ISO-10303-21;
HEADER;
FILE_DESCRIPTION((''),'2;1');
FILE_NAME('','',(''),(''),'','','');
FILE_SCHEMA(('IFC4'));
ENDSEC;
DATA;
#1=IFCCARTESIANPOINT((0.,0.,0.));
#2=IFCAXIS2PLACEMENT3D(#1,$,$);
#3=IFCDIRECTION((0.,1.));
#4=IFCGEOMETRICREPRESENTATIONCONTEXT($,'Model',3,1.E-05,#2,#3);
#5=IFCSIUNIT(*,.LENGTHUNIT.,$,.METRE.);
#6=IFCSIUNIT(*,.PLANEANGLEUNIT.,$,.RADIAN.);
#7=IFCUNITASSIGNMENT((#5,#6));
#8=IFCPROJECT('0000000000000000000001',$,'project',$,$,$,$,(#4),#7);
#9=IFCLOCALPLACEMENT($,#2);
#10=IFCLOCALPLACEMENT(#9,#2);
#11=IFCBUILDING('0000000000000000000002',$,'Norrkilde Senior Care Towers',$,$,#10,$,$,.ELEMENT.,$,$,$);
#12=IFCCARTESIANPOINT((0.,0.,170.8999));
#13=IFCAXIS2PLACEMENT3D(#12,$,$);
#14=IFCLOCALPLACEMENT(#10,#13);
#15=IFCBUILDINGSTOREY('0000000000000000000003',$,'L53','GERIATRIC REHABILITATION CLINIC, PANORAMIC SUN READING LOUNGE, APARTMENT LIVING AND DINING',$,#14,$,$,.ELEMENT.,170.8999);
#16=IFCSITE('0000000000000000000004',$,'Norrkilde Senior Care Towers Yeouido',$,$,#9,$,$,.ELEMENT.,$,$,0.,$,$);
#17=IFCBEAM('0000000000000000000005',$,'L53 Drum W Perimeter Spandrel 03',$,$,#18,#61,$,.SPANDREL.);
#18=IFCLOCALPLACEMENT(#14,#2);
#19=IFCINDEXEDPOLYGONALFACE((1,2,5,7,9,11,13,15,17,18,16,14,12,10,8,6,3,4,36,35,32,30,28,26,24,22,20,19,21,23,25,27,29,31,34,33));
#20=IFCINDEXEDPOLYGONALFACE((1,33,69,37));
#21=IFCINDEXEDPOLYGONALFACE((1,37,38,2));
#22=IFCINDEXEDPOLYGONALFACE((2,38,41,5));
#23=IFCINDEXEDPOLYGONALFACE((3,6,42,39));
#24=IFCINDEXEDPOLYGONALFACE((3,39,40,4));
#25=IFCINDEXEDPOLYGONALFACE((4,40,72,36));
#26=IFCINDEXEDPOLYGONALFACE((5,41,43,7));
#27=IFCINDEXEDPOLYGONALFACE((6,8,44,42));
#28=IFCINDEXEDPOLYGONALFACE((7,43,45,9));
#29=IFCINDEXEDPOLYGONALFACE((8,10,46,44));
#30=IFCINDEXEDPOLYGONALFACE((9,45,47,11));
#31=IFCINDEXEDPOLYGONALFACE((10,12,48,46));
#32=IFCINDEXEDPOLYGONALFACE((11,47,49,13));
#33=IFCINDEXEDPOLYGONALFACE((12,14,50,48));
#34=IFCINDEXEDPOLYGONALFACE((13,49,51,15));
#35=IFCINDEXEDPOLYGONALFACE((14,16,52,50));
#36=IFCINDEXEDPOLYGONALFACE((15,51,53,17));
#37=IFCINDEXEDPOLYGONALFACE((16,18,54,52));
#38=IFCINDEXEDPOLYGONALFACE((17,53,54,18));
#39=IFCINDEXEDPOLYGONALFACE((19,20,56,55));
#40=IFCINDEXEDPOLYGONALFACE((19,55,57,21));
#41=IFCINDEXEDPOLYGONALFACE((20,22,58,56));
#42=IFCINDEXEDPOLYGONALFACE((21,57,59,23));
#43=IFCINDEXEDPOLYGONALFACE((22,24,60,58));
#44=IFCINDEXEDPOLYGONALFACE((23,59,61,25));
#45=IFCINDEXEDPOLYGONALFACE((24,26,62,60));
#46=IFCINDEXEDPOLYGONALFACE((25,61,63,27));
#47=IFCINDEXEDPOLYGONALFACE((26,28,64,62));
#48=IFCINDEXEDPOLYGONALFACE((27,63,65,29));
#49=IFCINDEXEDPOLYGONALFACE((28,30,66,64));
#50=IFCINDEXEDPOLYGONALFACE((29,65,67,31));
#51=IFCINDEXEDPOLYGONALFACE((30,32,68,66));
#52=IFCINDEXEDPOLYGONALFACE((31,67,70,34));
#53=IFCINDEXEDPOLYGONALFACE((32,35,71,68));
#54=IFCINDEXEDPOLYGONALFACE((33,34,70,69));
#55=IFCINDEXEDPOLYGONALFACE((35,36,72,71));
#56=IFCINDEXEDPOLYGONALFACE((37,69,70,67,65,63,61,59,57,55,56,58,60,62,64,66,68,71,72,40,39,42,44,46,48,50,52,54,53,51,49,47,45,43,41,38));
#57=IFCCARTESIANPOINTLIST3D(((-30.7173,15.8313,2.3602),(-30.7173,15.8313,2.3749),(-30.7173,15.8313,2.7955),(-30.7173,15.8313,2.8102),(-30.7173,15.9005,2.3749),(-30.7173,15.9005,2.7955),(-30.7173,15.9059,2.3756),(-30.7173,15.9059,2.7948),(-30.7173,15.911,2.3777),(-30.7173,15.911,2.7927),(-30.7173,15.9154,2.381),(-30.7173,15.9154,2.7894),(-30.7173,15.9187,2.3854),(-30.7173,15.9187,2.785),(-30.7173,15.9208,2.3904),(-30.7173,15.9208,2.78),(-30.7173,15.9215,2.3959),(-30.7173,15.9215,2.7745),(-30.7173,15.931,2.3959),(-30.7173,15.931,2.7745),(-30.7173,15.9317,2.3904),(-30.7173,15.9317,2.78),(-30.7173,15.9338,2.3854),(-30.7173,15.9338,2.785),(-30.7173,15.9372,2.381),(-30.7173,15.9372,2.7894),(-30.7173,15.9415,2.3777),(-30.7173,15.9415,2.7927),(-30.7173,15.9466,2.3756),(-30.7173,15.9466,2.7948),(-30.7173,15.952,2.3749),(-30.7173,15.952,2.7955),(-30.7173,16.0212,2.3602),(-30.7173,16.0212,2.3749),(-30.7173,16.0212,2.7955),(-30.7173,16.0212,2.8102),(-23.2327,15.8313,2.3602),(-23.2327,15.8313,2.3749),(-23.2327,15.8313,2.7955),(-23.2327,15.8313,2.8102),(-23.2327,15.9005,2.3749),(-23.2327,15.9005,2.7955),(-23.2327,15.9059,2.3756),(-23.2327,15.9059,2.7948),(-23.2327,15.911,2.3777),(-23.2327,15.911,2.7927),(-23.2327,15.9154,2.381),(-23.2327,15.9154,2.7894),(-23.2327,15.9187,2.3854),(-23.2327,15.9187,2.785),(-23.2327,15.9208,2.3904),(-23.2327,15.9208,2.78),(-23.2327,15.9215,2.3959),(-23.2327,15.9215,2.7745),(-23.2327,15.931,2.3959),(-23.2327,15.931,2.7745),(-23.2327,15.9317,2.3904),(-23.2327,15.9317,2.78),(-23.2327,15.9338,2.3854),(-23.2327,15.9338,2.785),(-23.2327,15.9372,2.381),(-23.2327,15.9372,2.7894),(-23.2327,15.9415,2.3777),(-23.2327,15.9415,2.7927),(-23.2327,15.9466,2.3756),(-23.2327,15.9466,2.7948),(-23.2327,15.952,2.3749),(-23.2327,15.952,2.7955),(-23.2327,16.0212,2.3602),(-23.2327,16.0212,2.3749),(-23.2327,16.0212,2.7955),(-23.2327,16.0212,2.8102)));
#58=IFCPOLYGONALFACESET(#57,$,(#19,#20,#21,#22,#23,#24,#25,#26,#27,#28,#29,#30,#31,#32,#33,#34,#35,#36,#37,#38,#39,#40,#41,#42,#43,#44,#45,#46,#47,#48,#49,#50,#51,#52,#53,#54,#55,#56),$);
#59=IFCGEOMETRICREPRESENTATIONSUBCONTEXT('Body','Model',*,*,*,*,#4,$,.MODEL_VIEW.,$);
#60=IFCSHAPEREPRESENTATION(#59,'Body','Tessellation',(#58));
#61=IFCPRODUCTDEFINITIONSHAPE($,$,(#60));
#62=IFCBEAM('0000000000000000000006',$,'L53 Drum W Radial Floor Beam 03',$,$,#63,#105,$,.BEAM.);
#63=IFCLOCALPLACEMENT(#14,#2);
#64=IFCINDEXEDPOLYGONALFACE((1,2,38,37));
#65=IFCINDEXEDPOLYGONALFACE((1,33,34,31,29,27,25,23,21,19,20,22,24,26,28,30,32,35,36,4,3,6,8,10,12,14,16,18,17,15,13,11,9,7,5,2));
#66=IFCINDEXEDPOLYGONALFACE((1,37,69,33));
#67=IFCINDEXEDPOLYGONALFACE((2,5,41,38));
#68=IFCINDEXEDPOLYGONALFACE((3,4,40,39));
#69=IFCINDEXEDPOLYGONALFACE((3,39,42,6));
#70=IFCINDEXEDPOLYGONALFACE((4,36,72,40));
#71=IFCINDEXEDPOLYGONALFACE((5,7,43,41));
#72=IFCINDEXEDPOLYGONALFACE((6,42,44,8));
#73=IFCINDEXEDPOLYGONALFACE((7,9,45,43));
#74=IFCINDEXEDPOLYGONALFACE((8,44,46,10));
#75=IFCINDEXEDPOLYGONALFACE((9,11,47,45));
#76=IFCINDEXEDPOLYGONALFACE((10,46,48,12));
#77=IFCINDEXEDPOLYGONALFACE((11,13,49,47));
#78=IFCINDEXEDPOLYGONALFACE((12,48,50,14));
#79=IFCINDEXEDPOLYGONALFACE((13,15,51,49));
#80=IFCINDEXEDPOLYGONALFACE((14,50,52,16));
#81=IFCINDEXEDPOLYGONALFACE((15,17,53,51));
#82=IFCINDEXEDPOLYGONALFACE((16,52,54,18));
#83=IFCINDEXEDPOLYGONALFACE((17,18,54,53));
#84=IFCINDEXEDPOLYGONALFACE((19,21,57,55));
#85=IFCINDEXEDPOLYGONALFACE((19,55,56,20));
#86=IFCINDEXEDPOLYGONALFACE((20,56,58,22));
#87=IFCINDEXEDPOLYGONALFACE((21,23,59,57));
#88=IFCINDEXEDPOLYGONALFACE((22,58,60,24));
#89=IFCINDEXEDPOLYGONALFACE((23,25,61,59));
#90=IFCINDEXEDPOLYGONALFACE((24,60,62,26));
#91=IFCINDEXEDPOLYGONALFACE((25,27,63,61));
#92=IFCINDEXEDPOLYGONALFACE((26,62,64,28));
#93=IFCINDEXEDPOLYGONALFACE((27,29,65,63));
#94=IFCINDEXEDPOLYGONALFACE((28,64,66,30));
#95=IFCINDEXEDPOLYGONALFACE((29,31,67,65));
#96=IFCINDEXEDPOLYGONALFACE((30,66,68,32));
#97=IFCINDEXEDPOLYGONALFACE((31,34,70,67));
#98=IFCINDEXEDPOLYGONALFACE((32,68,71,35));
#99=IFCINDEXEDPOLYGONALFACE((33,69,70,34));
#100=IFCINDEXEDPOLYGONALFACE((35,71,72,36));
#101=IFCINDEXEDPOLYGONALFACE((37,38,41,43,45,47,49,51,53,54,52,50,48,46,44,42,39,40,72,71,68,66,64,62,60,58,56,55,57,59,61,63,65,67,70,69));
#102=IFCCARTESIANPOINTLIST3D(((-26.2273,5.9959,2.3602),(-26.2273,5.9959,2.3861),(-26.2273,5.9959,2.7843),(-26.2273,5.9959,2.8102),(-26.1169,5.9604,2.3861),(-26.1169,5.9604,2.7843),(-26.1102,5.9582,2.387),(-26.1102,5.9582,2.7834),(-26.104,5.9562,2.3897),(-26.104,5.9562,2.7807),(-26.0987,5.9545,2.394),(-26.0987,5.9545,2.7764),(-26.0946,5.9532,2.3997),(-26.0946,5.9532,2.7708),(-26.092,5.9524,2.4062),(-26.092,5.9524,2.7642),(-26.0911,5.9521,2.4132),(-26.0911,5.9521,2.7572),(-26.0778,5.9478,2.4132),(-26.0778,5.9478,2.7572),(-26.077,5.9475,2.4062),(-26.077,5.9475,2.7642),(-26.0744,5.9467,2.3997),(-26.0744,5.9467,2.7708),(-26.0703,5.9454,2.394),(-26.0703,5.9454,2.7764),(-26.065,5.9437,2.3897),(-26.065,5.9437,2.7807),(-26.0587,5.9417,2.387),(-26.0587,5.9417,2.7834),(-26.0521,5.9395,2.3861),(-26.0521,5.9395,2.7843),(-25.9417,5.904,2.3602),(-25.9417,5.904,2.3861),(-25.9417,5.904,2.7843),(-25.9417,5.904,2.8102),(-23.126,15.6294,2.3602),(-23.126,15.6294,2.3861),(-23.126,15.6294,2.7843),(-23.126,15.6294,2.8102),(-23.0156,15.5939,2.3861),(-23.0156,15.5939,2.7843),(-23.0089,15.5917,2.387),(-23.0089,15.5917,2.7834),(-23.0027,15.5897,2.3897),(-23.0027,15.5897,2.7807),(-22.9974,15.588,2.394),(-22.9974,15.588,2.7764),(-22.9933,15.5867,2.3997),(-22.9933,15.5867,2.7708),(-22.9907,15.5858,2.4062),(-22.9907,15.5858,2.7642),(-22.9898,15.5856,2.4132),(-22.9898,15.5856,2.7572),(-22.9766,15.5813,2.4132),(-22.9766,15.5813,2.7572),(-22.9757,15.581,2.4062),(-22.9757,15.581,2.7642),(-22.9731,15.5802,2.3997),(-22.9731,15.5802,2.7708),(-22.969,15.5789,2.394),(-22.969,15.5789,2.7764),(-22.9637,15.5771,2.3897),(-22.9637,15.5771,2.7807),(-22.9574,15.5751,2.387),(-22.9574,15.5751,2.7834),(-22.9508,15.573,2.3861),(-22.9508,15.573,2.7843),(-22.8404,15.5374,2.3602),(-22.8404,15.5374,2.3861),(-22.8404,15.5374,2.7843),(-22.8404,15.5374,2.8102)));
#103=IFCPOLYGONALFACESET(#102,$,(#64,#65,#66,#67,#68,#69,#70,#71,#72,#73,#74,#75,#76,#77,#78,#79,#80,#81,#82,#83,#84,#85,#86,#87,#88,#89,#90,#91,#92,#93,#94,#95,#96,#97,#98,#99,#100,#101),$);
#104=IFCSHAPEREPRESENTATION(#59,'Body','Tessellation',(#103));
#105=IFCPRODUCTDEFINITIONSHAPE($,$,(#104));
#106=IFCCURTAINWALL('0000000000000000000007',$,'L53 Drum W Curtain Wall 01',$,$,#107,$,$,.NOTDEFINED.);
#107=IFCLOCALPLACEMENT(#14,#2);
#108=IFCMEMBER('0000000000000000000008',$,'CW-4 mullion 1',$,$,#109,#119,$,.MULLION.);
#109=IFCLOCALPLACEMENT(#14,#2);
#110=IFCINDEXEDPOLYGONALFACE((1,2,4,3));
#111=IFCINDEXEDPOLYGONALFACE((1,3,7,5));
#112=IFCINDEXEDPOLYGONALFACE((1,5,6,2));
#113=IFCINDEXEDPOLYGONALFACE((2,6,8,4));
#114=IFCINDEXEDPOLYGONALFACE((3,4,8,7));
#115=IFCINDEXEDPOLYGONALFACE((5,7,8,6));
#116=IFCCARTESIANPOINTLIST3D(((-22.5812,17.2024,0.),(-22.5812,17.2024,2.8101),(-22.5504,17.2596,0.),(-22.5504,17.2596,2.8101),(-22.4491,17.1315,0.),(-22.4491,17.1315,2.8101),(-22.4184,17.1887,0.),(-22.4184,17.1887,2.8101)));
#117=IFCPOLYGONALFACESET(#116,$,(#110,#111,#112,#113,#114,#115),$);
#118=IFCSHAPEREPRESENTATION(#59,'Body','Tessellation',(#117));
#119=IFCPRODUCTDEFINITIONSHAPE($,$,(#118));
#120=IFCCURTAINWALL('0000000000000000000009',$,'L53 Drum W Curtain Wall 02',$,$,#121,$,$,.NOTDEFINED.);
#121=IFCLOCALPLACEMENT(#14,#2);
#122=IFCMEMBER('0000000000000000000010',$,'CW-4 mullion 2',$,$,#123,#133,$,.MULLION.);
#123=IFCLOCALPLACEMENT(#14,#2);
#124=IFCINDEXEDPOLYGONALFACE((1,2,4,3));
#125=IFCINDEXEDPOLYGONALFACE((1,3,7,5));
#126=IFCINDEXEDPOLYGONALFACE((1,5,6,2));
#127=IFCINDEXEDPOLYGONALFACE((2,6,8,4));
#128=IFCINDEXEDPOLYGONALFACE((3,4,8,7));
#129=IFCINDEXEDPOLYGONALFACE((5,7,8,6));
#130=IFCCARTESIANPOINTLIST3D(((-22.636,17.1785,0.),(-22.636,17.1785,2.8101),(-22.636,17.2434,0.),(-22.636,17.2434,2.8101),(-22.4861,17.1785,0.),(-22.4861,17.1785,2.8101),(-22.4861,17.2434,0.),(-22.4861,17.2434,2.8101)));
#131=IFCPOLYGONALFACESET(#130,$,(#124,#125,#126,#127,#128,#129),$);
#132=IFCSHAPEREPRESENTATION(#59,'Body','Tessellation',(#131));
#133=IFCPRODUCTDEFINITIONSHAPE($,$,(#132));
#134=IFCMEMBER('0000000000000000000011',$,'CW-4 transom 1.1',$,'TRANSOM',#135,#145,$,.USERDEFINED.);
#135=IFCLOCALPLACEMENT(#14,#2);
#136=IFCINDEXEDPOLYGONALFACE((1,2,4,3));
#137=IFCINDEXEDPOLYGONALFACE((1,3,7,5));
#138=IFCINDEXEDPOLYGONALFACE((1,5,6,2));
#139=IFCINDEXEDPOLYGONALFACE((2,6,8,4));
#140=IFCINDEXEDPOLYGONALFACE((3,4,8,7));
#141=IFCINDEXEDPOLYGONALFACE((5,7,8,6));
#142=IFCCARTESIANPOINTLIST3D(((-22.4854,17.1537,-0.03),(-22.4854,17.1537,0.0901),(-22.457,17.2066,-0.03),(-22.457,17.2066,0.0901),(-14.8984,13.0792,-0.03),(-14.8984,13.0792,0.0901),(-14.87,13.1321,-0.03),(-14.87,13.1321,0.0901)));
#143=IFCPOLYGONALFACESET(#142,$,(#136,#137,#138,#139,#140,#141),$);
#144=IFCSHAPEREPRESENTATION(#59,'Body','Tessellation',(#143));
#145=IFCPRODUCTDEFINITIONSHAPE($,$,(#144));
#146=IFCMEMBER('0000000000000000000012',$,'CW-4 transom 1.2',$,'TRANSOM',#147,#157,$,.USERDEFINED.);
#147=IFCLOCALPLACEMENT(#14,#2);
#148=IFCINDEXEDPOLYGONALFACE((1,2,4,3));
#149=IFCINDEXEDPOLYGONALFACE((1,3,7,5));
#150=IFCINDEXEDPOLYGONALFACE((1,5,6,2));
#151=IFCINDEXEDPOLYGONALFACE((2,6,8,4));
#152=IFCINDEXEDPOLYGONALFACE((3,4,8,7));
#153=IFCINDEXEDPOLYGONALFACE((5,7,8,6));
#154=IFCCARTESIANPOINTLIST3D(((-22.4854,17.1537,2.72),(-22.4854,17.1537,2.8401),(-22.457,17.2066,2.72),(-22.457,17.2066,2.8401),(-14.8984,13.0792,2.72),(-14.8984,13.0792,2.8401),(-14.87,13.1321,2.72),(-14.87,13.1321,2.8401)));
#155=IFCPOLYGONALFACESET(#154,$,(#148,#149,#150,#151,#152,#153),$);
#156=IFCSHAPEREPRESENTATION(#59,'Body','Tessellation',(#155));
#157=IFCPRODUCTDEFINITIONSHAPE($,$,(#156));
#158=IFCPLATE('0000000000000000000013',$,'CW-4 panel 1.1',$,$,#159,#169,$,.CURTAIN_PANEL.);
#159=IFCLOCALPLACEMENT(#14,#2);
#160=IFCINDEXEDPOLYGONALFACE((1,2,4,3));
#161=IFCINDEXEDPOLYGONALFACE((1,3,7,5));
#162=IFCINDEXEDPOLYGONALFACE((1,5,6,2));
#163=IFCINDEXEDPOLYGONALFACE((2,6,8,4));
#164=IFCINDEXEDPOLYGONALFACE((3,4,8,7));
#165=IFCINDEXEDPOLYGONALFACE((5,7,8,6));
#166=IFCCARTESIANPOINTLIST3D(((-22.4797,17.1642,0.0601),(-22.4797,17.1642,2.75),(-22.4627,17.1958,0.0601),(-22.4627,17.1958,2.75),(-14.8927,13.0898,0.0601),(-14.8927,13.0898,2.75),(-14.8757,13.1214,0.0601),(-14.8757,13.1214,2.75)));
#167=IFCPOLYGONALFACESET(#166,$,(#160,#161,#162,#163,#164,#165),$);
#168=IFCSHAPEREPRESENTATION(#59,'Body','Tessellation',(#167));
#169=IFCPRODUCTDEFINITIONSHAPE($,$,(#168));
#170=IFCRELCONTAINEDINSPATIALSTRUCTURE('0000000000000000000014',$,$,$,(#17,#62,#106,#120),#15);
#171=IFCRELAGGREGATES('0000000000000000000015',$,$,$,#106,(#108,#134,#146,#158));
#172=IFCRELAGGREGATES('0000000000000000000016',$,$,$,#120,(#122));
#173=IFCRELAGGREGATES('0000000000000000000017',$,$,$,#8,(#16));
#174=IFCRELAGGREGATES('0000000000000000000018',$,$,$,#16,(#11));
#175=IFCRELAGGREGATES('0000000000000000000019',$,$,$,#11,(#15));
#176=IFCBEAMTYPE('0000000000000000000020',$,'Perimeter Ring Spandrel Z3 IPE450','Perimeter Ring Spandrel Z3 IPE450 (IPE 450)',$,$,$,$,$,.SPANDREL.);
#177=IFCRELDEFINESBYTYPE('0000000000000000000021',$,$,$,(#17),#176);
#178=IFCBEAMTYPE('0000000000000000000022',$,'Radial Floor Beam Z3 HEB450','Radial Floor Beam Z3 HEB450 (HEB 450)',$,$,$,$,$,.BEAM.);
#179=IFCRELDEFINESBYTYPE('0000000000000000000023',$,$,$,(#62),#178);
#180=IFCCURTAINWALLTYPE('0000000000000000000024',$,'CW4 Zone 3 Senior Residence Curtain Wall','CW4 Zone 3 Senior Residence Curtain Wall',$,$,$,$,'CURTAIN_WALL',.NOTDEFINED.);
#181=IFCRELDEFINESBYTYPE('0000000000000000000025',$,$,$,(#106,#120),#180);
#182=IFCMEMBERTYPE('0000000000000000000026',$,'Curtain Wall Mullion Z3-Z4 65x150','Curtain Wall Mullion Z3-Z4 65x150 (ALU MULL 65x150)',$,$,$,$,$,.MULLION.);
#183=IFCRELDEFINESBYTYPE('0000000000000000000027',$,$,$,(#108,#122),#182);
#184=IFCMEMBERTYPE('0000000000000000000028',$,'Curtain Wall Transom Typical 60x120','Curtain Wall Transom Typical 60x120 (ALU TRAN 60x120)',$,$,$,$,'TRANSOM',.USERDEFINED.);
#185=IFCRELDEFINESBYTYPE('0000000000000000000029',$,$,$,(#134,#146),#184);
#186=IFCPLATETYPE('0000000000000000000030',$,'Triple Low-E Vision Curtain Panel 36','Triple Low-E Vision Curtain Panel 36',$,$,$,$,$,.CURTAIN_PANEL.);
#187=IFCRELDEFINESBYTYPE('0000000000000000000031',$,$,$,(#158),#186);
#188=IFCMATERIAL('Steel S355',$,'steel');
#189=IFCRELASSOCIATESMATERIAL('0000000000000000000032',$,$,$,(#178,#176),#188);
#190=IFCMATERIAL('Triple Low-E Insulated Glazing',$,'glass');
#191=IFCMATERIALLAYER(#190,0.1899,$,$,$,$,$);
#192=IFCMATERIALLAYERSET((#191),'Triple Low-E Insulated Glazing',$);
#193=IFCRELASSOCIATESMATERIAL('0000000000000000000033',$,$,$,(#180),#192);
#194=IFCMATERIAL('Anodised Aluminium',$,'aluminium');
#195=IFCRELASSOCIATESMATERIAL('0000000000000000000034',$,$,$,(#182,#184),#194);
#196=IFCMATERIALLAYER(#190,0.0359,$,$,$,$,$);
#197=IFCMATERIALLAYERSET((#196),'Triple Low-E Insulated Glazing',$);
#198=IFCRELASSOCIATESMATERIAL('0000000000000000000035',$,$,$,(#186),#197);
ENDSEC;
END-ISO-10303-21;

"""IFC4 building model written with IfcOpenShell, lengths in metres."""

from ifc_helpers import new_model, si_unit, direction, frame, origin, origin_2d, place, context, subcontext, project, spatial, rectangle, i_section, extrude, source, transform, mapped, material, layer, layer_set, material_profile, profile_set, type_object, type_shapes, element, aggregate, save


model = new_model("IFC4")

# Units and contexts
model_context = context("Model", 3, precision=1e-05, world=origin(), true_north=direction((0.0, 1.0)))
body_context = subcontext(model_context, "Body", "Model", "MODEL_VIEW")
ifc_project = project(units=[si_unit("LENGTHUNIT", "METRE"), si_unit("PLANEANGLEUNIT", "RADIAN")], contexts=[model_context])

# Site, building, storey
site_placement = place(None, origin())
site = spatial("IfcSite", under=ifc_project, at=site_placement, Name="Norrkilde Senior Care Towers Yeouido", CompositionType="ELEMENT", RefElevation=0.0)
building_placement = place(site_placement, origin())
building = spatial("IfcBuilding", under=site, at=building_placement, Name="Norrkilde Senior Care Towers", CompositionType="ELEMENT")
storey_placement = place(building_placement, frame((0.0, 0.0, 170.8999)))
storey = spatial("IfcBuildingStorey", under=building, at=storey_placement, Name="L53", Description="GERIATRIC REHABILITATION CLINIC, PANORAMIC SUN READING LOUNGE, APARTMENT LIVING AND DINING", CompositionType="ELEMENT", Elevation=170.8999)

# Beams
ifc_material_1 = material(Name="Steel S355", Category="steel")
ifc_material_profile_1 = material_profile(ifc_material_1, i_section(OverallWidth=0.3, OverallDepth=0.45, WebThickness=0.0139, FlangeThickness=0.0259, FilletRadius=0.0271, at=origin_2d()), Name="HEB 450")
ifc_profile_set_1 = profile_set([ifc_material_profile_1], Name="Steel S355")
beam_type_1 = type_object("IfcBeamType", Name="Radial Floor Beam Z3 HEB450", Description="Radial Floor Beam Z3 HEB450 (HEB 450)", PredefinedType="BEAM", material=ifc_profile_set_1)
ifc_material_profile_2 = material_profile(ifc_material_1, i_section(OverallWidth=0.1899, OverallDepth=0.45, WebThickness=0.0095, FlangeThickness=0.0146, FilletRadius=0.021, at=origin_2d()), Name="IPE 450")
ifc_profile_set_2 = profile_set([ifc_material_profile_2], Name="Steel S355")
beam_type_2 = type_object("IfcBeamType", Name="Perimeter Ring Spandrel Z3 IPE450", Description="Perimeter Ring Spandrel Z3 IPE450 (IPE 450)", PredefinedType="SPANDREL", material=ifc_profile_set_2)
shared_shape_1 = source(origin(), body_context, "Body", "SweptSolid", [
    extrude(i_section(OverallWidth=0.1899, OverallDepth=0.45, WebThickness=0.0095, FlangeThickness=0.0146, FilletRadius=0.021, at=origin_2d()), origin(), (0.0, 0.0, 1.0), 7.4846),
])
type_shapes(beam_type_2, [shared_shape_1])
beam_1_placement = place(storey_placement, frame((-23.2327, 15.9263, 2.5852), z_axis=(-1.0, 0.0, 0.0), x_axis=(0.0, -1.0, 0.0)))
element("IfcBeam", 1, at=beam_1_placement, inside=storey, type_object=beam_type_2, Name="L53 Drum W Perimeter Spandrel 03", PredefinedType="SPANDREL", context=body_context, shape_type="MappedRepresentation", body=[
    mapped(shared_shape_1, transform((0.0, 0.0, 0.0), x_axis=(1.0, 0.0, 0.0), y_axis=(0.0, 1.0, 0.0), z_axis=(0.0, 0.0, 1.0), scale=1.0)),
])
shared_shape_2 = source(origin(), body_context, "Body", "SweptSolid", [
    extrude(i_section(OverallWidth=0.3, OverallDepth=0.45, WebThickness=0.0139, FlangeThickness=0.0259, FilletRadius=0.0271, at=origin_2d()), origin(), (0.0, 0.0, 1.0), 10.1204),
])
beam_2_placement = place(storey_placement, frame((-26.0845, 5.95, 2.5852), z_axis=(0.306441, 0.95189, 0.0), x_axis=(-0.95189, 0.306441, 0.0)))
element("IfcBeam", 2, at=beam_2_placement, inside=storey, type_object=beam_type_1, Name="L53 Drum W Radial Floor Beam 03", PredefinedType="BEAM", context=body_context, shape_type="MappedRepresentation", body=[
    mapped(shared_shape_2, transform((0.0, 0.0, 0.0), x_axis=(1.0, 0.0, 0.0), y_axis=(0.0, 1.0, 0.0), z_axis=(0.0, 0.0, 1.0), scale=1.0)),
])

# Curtain walls, members
ifc_material_2 = material(Name="Triple Low-E Insulated Glazing", Category="glass")
ifc_layer_1 = layer(ifc_material_2, 0.1899)
ifc_layer_set_1 = layer_set([ifc_layer_1], Name="Triple Low-E Insulated Glazing")
curtain_wall_type = type_object("IfcCurtainWallType", Name="CW4 Zone 3 Senior Residence Curtain Wall", Description="CW4 Zone 3 Senior Residence Curtain Wall", ElementType="CURTAIN_WALL", PredefinedType="NOTDEFINED", material=ifc_layer_set_1)
curtain_wall_1_placement = place(storey_placement, origin())
curtain_wall_1 = element("IfcCurtainWall", 3, at=curtain_wall_1_placement, inside=storey, type_object=curtain_wall_type, Name="L53 Drum W Curtain Wall 01", PredefinedType="NOTDEFINED")
ifc_material_3 = material(Name="Anodised Aluminium", Category="aluminium")
ifc_material_profile_3 = material_profile(ifc_material_3, rectangle(XDim=0.0649, YDim=0.1499, at=origin_2d()), Name="ALU MULL 65x150")
ifc_profile_set_3 = profile_set([ifc_material_profile_3], Name="Anodised Aluminium")
member_type_1 = type_object("IfcMemberType", Name="Curtain Wall Mullion Z3-Z4 65x150", Description="Curtain Wall Mullion Z3-Z4 65x150 (ALU MULL 65x150)", PredefinedType="MULLION", material=ifc_profile_set_3)
shared_shape_3 = source(origin(), body_context, "Body", "SweptSolid", [
    extrude(rectangle(XDim=0.0649, YDim=0.1499, at=origin_2d()), origin(), (0.0, 0.0, 1.0), 2.8101),
])
type_shapes(member_type_1, [shared_shape_3])
member_1_placement = place(storey_placement, frame((-22.4998, 17.1956, 0.0), z_axis=(0.0, 0.0, 1.0), x_axis=(0.473117, 0.881, 0.0)))
member_1 = element("IfcMember", 4, at=member_1_placement, type_object=member_type_1, Name="CW-4 mullion 1", PredefinedType="MULLION", context=body_context, shape_type="MappedRepresentation", body=[
    mapped(shared_shape_3, transform((0.0, 0.0, 0.0), x_axis=(1.0, 0.0, 0.0), y_axis=(0.0, 1.0, 0.0), z_axis=(0.0, 0.0, 1.0), scale=1.0)),
])
curtain_wall_2_placement = place(storey_placement, origin())
curtain_wall_2 = element("IfcCurtainWall", 5, at=curtain_wall_2_placement, inside=storey, type_object=curtain_wall_type, Name="L53 Drum W Curtain Wall 02", PredefinedType="NOTDEFINED")
member_2_placement = place(storey_placement, frame((-22.561, 17.2109, 0.0), z_axis=(0.0, 0.0, 1.0), x_axis=(0.0, 1.0, 0.0)))
member_2 = element("IfcMember", 6, at=member_2_placement, type_object=member_type_1, Name="CW-4 mullion 2", PredefinedType="MULLION", context=body_context, shape_type="MappedRepresentation", body=[
    mapped(shared_shape_3, transform((0.0, 0.0, 0.0), x_axis=(1.0, 0.0, 0.0), y_axis=(0.0, 1.0, 0.0), z_axis=(0.0, 0.0, 1.0), scale=1.0)),
])

# Members
ifc_material_profile_4 = material_profile(ifc_material_3, rectangle(XDim=0.0601, YDim=0.1201, at=origin_2d()), Name="ALU TRAN 60x120")
ifc_profile_set_4 = profile_set([ifc_material_profile_4], Name="Anodised Aluminium")
member_type_2 = type_object("IfcMemberType", Name="Curtain Wall Transom Typical 60x120", Description="Curtain Wall Transom Typical 60x120 (ALU TRAN 60x120)", ElementType="TRANSOM", PredefinedType="USERDEFINED", material=ifc_profile_set_4)
shared_shape_4 = source(origin(), body_context, "Body", "SweptSolid", [
    extrude(rectangle(XDim=0.0601, YDim=0.1201, at=origin_2d()), origin(), (0.0, 0.0, 1.0), 8.6118),
])
type_shapes(member_type_2, [shared_shape_4])
member_3_placement = place(storey_placement, frame((-22.4712, 17.1802, 0.03), z_axis=(0.880994, -0.473127, 0.0), x_axis=(0.473127, 0.880994, 0.0)))
member_3 = element("IfcMember", 7, at=member_3_placement, type_object=member_type_2, Name="CW-4 transom 1.1", ObjectType="TRANSOM", PredefinedType="USERDEFINED", context=body_context, shape_type="MappedRepresentation", body=[
    mapped(shared_shape_4, transform((0.0, 0.0, 0.0), x_axis=(1.0, 0.0, 0.0), y_axis=(0.0, 1.0, 0.0), z_axis=(0.0, 0.0, 1.0), scale=1.0)),
])
member_4_placement = place(storey_placement, frame((-22.4712, 17.1802, 2.78), z_axis=(0.880994, -0.473127, 0.0), x_axis=(0.473127, 0.880994, 0.0)))
member_4 = element("IfcMember", 8, at=member_4_placement, type_object=member_type_2, Name="CW-4 transom 1.2", ObjectType="TRANSOM", PredefinedType="USERDEFINED", context=body_context, shape_type="MappedRepresentation", body=[
    mapped(shared_shape_4, transform((0.0, 0.0, 0.0), x_axis=(1.0, 0.0, 0.0), y_axis=(0.0, 1.0, 0.0), z_axis=(0.0, 0.0, 1.0), scale=1.0)),
])

# Plate
ifc_layer_2 = layer(ifc_material_2, 0.0359)
ifc_layer_set_2 = layer_set([ifc_layer_2], Name="Triple Low-E Insulated Glazing")
plate_type = type_object("IfcPlateType", Name="Triple Low-E Vision Curtain Panel 36", Description="Triple Low-E Vision Curtain Panel 36", PredefinedType="CURTAIN_PANEL", material=ifc_layer_set_2)
shared_shape_5 = source(origin(), body_context, "Body", "SweptSolid", [
    extrude(rectangle(XDim=8.6118, YDim=0.0359, at=origin_2d()), origin(), (0.0, 0.0, 1.0), 2.6899),
])
plate_1_placement = place(storey_placement, frame((-18.6777, 15.1428, 0.0601), z_axis=(0.0, 0.0, 1.0), x_axis=(0.881, -0.473117, 0.0)))
plate_1 = element("IfcPlate", 9, at=plate_1_placement, type_object=plate_type, Name="CW-4 panel 1.1", PredefinedType="CURTAIN_PANEL", context=body_context, shape_type="MappedRepresentation", body=[
    mapped(shared_shape_5, transform((0.0, 0.0, 0.0), x_axis=(1.0, 0.0, 0.0), y_axis=(0.0, 1.0, 0.0), z_axis=(0.0, 0.0, 1.0), scale=1.0)),
])
aggregate(curtain_wall_1, [member_1, member_3, member_4, plate_1])
aggregate(curtain_wall_2, [member_2])

save(model, "model.ifc")
